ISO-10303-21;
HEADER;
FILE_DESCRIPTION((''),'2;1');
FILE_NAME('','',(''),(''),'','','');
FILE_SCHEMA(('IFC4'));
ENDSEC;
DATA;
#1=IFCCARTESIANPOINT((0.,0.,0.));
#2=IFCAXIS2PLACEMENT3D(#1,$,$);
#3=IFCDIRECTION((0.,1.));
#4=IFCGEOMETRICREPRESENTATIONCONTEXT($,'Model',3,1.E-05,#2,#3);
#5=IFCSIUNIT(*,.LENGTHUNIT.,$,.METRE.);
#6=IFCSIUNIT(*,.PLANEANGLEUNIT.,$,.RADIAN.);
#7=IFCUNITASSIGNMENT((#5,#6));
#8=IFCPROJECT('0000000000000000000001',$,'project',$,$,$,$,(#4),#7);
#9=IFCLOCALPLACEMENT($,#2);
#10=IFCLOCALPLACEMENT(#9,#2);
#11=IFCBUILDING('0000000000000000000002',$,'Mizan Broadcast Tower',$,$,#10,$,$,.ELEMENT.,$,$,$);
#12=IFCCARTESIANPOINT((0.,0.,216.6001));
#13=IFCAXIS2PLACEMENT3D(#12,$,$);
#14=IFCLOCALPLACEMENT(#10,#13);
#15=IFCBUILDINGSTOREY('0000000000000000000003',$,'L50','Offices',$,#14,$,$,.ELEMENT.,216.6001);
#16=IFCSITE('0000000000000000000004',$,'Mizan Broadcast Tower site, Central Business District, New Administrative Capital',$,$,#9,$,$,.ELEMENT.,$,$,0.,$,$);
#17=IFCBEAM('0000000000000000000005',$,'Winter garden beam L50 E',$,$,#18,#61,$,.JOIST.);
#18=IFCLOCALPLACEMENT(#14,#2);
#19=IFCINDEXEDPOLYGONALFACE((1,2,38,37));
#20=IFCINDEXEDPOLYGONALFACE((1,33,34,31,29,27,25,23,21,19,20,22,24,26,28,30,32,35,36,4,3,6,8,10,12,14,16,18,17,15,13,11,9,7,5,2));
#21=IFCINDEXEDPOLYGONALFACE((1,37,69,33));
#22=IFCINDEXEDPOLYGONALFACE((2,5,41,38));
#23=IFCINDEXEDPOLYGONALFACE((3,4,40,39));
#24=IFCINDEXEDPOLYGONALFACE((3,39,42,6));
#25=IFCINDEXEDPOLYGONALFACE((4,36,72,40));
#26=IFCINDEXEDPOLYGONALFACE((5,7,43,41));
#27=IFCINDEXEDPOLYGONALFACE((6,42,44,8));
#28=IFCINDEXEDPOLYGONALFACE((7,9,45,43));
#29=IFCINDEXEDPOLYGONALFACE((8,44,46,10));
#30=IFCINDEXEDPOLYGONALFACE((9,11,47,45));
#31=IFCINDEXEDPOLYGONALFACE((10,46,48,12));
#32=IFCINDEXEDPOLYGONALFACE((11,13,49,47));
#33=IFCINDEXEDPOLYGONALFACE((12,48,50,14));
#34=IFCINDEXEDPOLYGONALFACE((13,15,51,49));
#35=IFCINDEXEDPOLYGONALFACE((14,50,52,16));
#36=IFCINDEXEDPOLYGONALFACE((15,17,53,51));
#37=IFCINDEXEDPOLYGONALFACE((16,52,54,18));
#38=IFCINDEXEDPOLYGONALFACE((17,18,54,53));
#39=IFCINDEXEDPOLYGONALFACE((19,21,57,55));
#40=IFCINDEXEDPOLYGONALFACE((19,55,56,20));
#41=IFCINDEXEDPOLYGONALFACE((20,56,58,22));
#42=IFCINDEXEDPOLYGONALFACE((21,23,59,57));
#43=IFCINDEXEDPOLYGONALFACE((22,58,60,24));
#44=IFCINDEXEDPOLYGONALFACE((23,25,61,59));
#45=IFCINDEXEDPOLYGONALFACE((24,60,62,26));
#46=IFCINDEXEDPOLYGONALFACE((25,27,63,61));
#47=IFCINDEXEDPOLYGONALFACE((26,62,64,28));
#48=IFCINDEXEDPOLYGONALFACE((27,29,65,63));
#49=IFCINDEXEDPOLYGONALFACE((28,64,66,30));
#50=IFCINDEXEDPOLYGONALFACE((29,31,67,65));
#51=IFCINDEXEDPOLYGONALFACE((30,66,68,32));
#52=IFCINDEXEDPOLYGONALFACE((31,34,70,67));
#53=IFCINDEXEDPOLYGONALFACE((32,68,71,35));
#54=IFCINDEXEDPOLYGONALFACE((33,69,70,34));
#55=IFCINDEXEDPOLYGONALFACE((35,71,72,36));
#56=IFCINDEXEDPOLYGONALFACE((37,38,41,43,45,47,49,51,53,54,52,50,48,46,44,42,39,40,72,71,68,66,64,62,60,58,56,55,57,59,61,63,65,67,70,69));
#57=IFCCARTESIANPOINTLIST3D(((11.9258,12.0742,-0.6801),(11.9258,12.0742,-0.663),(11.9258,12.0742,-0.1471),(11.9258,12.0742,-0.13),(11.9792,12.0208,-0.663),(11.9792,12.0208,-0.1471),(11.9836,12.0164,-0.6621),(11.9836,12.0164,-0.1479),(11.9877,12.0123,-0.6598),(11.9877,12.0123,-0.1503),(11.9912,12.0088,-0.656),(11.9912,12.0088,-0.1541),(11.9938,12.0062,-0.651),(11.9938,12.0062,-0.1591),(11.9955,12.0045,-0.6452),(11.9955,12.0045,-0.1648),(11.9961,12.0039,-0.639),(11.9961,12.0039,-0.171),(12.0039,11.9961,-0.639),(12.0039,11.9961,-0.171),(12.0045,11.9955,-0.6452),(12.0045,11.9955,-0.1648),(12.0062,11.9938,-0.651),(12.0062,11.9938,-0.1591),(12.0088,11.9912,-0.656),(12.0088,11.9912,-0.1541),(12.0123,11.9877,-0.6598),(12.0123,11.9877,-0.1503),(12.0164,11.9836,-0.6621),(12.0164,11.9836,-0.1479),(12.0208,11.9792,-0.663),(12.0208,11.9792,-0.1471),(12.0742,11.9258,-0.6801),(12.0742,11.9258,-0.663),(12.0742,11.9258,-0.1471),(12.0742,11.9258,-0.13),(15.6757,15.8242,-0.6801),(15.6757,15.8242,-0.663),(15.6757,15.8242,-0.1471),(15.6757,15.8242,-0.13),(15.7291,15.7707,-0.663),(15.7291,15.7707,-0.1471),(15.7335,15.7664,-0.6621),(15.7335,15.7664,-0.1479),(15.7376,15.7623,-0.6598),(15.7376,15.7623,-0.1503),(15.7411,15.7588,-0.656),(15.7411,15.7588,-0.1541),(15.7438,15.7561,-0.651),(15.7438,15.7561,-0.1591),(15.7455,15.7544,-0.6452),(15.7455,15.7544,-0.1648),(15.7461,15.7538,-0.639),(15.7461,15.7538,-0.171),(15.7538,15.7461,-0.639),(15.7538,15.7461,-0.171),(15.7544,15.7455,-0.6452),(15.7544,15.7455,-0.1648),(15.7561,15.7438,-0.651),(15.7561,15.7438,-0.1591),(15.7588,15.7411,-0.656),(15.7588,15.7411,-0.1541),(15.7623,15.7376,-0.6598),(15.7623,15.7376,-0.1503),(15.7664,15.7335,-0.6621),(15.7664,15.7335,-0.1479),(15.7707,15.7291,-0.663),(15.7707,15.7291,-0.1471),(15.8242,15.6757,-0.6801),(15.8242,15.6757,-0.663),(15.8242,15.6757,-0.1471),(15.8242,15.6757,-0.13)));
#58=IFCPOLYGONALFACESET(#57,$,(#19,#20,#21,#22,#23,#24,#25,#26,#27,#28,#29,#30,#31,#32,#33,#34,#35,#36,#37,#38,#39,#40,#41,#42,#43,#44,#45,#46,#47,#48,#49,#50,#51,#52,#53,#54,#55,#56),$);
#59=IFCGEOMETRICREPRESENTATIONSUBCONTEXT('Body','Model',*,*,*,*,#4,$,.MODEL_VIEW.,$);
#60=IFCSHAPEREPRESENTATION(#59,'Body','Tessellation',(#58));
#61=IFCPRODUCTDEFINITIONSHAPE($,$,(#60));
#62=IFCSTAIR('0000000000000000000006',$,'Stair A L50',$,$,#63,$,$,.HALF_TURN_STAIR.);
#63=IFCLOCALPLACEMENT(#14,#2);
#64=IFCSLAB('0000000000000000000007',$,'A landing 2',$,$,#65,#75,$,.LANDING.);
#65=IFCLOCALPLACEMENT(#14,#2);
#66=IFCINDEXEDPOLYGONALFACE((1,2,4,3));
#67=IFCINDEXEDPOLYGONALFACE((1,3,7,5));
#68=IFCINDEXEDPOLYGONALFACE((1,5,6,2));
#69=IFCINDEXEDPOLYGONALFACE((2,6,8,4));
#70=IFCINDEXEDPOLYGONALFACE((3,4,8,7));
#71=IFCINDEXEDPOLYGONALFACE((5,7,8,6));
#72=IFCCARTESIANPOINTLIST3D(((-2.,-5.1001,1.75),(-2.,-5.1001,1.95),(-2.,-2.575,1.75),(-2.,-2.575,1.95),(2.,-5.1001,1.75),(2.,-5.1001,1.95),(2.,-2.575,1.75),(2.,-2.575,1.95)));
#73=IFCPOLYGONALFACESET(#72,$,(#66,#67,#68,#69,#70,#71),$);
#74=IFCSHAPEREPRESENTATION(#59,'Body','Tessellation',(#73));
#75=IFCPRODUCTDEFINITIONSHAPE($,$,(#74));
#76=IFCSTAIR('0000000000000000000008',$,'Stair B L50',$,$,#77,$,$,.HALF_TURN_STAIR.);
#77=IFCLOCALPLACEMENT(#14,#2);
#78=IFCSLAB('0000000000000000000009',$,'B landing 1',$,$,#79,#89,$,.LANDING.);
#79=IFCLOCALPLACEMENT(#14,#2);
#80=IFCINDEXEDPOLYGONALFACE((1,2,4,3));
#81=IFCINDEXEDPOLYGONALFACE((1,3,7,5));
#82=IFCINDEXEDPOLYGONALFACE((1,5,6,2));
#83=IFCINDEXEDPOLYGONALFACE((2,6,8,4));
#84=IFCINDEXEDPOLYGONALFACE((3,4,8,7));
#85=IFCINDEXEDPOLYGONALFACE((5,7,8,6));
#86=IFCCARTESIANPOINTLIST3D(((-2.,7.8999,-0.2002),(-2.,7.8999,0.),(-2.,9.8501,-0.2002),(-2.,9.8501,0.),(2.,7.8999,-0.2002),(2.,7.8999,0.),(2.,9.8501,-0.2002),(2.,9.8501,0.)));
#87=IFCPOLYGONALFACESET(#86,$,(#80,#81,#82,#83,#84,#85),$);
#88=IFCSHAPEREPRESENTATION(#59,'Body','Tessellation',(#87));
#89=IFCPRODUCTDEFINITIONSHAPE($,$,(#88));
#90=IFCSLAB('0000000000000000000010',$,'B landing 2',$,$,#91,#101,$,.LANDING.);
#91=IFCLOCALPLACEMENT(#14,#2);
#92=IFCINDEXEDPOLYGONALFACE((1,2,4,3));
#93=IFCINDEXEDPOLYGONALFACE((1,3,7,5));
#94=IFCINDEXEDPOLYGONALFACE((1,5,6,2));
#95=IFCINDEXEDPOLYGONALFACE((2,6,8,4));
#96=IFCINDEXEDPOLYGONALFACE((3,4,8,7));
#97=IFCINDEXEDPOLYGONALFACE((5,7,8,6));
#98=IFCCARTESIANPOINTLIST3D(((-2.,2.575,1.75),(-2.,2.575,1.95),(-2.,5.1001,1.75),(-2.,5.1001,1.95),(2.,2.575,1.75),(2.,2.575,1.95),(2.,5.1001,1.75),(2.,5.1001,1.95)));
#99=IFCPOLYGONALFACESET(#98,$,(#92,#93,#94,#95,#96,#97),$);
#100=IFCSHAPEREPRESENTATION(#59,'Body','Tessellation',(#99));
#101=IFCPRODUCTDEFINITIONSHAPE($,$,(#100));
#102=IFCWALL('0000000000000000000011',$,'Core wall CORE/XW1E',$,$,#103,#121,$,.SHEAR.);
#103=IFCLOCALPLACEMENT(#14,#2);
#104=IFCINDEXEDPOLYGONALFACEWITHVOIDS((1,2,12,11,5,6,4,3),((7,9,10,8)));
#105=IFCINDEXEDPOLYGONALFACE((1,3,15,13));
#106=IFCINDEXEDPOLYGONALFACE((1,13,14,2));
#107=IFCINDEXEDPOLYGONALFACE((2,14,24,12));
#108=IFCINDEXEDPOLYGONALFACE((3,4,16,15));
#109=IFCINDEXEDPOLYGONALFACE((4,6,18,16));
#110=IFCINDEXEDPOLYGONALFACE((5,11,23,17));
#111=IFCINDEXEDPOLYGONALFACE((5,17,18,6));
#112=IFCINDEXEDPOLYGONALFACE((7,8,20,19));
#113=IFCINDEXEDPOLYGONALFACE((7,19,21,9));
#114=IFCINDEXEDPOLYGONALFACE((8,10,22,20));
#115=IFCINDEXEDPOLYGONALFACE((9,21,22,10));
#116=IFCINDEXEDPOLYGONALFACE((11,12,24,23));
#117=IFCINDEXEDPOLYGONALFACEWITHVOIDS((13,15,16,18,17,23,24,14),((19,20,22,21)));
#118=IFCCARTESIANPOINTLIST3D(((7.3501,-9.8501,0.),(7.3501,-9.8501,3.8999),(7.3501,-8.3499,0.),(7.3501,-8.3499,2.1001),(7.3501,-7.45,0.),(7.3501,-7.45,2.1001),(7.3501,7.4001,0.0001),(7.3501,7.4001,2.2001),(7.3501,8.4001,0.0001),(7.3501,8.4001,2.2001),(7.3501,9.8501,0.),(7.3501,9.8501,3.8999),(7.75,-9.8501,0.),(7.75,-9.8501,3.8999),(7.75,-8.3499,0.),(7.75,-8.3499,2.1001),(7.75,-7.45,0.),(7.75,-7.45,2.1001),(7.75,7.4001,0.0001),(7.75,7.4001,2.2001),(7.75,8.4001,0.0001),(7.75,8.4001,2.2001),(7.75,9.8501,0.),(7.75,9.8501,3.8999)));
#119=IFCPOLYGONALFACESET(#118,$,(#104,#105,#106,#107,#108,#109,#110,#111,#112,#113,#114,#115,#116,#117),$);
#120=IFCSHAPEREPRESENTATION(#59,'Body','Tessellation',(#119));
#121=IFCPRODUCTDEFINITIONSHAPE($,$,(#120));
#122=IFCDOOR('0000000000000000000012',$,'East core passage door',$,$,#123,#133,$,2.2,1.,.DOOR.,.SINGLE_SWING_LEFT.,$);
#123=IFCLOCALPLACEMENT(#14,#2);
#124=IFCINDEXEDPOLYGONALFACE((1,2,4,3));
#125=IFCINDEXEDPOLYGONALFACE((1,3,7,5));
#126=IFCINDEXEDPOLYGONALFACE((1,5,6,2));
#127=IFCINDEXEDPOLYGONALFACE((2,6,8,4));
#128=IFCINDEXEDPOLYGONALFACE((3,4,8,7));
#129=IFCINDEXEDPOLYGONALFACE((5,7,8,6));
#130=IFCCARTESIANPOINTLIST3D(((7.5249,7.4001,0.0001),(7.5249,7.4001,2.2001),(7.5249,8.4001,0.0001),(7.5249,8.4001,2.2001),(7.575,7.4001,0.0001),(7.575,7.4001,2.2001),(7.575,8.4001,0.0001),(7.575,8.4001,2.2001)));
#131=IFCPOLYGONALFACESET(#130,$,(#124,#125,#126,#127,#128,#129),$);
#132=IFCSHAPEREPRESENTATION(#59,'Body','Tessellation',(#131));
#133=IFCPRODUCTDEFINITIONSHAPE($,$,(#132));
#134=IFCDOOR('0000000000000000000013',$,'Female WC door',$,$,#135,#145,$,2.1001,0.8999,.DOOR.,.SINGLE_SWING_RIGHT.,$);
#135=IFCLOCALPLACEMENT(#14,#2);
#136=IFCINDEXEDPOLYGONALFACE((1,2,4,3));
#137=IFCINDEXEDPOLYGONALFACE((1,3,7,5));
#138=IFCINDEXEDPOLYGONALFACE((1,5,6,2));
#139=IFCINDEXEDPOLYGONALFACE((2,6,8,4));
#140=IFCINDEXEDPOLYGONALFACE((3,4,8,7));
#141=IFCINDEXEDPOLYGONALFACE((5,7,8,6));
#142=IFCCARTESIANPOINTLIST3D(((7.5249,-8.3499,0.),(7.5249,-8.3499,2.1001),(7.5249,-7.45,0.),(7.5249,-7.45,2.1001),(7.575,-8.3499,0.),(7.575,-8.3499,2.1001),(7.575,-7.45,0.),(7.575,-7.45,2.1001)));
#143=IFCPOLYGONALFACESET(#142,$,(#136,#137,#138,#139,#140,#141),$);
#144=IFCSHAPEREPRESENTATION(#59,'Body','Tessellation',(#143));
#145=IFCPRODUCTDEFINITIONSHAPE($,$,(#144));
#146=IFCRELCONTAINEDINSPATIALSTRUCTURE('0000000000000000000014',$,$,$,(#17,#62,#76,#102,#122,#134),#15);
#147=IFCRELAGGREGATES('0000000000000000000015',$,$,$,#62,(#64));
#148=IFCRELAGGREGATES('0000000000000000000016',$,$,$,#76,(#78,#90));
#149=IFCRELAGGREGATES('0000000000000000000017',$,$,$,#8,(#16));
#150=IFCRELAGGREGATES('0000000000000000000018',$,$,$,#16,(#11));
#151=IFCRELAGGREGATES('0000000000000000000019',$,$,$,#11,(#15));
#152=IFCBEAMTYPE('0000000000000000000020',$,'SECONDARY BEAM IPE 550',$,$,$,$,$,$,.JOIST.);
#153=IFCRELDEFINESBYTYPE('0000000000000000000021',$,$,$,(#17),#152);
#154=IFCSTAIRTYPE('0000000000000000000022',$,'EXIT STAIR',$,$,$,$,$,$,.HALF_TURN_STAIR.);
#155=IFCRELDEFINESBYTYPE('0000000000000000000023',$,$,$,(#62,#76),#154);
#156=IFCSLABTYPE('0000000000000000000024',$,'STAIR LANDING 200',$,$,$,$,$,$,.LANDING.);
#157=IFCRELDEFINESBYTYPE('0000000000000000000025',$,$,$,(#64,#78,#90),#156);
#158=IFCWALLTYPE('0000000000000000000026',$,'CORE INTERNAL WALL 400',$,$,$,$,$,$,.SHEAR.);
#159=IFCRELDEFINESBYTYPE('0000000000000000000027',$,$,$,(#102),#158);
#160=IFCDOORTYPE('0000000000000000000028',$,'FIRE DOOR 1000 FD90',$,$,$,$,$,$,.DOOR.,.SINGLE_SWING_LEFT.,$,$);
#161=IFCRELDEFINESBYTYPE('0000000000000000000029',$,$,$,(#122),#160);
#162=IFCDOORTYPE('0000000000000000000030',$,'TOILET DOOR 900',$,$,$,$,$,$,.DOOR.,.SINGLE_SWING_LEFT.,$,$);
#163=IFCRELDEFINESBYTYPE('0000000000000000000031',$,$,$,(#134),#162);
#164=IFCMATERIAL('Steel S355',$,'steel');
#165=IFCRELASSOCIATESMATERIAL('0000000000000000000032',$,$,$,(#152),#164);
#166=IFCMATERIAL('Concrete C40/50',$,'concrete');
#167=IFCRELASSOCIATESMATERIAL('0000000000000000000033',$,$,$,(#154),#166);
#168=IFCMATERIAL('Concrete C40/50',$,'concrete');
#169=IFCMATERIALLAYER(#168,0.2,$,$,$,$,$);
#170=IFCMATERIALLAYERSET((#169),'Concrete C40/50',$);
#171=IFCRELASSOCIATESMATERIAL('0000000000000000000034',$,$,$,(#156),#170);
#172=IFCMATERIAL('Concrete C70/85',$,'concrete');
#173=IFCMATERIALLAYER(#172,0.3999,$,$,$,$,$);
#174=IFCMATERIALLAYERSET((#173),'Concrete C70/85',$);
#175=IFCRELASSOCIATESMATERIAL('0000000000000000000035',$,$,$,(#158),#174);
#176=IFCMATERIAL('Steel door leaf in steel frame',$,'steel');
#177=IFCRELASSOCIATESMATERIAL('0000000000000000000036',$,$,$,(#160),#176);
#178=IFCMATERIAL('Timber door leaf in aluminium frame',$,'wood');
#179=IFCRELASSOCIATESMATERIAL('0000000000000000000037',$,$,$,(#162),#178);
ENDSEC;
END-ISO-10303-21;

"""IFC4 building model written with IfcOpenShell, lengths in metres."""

from ifc_helpers import new_model, si_unit, direction, frame, frame_2d, origin, origin_2d, place, context, subcontext, project, spatial, polyline, rectangle, i_section, outline, extrude, material, layer, layer_set, material_profile, profile_set, type_object, element, fill, aggregate, save


model = new_model("IFC4")

# Units and contexts
model_context = context("Model", 3, precision=1e-05, world=origin(), true_north=direction((0.0, 1.0)))
body_context = subcontext(model_context, "Body", "Model", "MODEL_VIEW")
ifc_project = project(units=[si_unit("LENGTHUNIT", "METRE"), si_unit("PLANEANGLEUNIT", "RADIAN")], contexts=[model_context])

# Site, building, storey
site_placement = place(None, origin())
site = spatial("IfcSite", under=ifc_project, at=site_placement, Name="Mizan Broadcast Tower site, Central Business District, New Administrative Capital", CompositionType="ELEMENT", RefElevation=0.0)
building_placement = place(site_placement, origin())
building = spatial("IfcBuilding", under=site, at=building_placement, Name="Mizan Broadcast Tower", CompositionType="ELEMENT")
storey_placement = place(building_placement, frame((0.0, 0.0, 216.6001)))
storey = spatial("IfcBuildingStorey", under=building, at=storey_placement, Name="L50", Description="Offices", CompositionType="ELEMENT", Elevation=216.6001)

# Beam
ifc_material_1 = material(Name="Steel S355", Category="steel")
ifc_material_profile_1 = material_profile(ifc_material_1, i_section(OverallWidth=0.21, OverallDepth=0.55, WebThickness=0.011, FlangeThickness=0.0171, FilletRadius=0.0239, at=origin_2d()), Name="IPE 550")
ifc_profile_set_1 = profile_set([ifc_material_profile_1], Name="Steel S355")
beam_type_1 = type_object("IfcBeamType", Name="SECONDARY BEAM IPE 550", PredefinedType="JOIST", material=ifc_profile_set_1)
beam_1_placement = place(storey_placement, frame((12.0, 12.0, -0.405), z_axis=(0.707107, 0.707107, 0.0), x_axis=(-0.707107, 0.707107, 0.0)))
element("IfcBeam", 1, at=beam_1_placement, inside=storey, type_object=beam_type_1, Name="Winter garden beam L50 E", PredefinedType="JOIST", context=body_context, shape_type="SweptSolid", body=[
    extrude(i_section(OverallWidth=0.21, OverallDepth=0.55, WebThickness=0.011, FlangeThickness=0.0171, FilletRadius=0.0239, at=origin_2d()), origin(), (0.0, 0.0, 1.0), 5.3032),
])

# Stair, slab
ifc_material_2 = material(Name="Concrete C40/50", Category="concrete")
stair_type = type_object("IfcStairType", Name="EXIT STAIR", PredefinedType="HALF_TURN_STAIR", material=ifc_material_2)
stair_1_placement = place(storey_placement, origin())
stair_1 = element("IfcStair", 2, at=stair_1_placement, inside=storey, type_object=stair_type, Name="Stair A L50", PredefinedType="HALF_TURN_STAIR")
ifc_material_3 = material(Name="Concrete C40/50", Category="concrete")
ifc_layer_1 = layer(ifc_material_3, 0.2)
ifc_layer_set_1 = layer_set([ifc_layer_1], Name="Concrete C40/50")
slab_type = type_object("IfcSlabType", Name="STAIR LANDING 200", PredefinedType="LANDING", material=ifc_layer_set_1)
slab_1_placement = place(storey_placement, frame((0.0, 0.0, 1.75)))
slab_1 = element("IfcSlab", 3, at=slab_1_placement, type_object=slab_type, Name="A landing 2", PredefinedType="LANDING", context=body_context, shape_type="SweptSolid", body=[
    extrude(outline(polyline([(-2.0, -5.1001), (-2.0, -2.575), (2.0, -2.575), (2.0, -5.1001), (-2.0, -5.1001)])), origin(), (0.0, 0.0, 1.0), 0.2),
])
aggregate(stair_1, [slab_1])

# Stair, slabs
stair_2_placement = place(storey_placement, origin())
stair_2 = element("IfcStair", 4, at=stair_2_placement, inside=storey, type_object=stair_type, Name="Stair B L50", PredefinedType="HALF_TURN_STAIR")
slab_2_placement = place(storey_placement, frame((0.0, 0.0, -0.2002)))
slab_2 = element("IfcSlab", 5, at=slab_2_placement, type_object=slab_type, Name="B landing 1", PredefinedType="LANDING", context=body_context, shape_type="SweptSolid", body=[
    extrude(outline(polyline([(2.0, 9.8501), (2.0, 7.8999), (-2.0, 7.8999), (-2.0, 9.8501), (2.0, 9.8501)])), origin(), (0.0, 0.0, 1.0), 0.2002),
])
slab_3_placement = place(storey_placement, frame((0.0, 0.0, 1.75)))
slab_3 = element("IfcSlab", 6, at=slab_3_placement, type_object=slab_type, Name="B landing 2", PredefinedType="LANDING", context=body_context, shape_type="SweptSolid", body=[
    extrude(outline(polyline([(2.0, 5.1001), (2.0, 2.575), (-2.0, 2.575), (-2.0, 5.1001), (2.0, 5.1001)])), origin(), (0.0, 0.0, 1.0), 0.2),
])

# Wall, openings, doors
ifc_material_4 = material(Name="Concrete C70/85", Category="concrete")
ifc_layer_2 = layer(ifc_material_4, 0.3999)
ifc_layer_set_2 = layer_set([ifc_layer_2], Name="Concrete C70/85")
wall_type_1 = type_object("IfcWallType", Name="CORE INTERNAL WALL 400", PredefinedType="SHEAR", material=ifc_layer_set_2)
wall_1_placement = place(storey_placement, frame((7.55, 9.8501, 0.0), z_axis=(0.0, 0.0, 1.0), x_axis=(0.0, -1.0, 0.0)))
wall_1 = element("IfcWall", 7, at=wall_1_placement, inside=storey, type_object=wall_type_1, Name="Core wall CORE/XW1E", PredefinedType="SHEAR", context=body_context, shape_type="SweptSolid", body=[
    extrude(rectangle(XDim=19.7002, YDim=0.3999, at=frame_2d((9.8501, 0.0))), origin(), (0.0, 0.0, 1.0), 3.8999),
])
opening_1_placement = place(wall_1_placement, frame((1.45, 0.0, 0.0)))
opening_1 = element("IfcOpeningElement", 8, at=opening_1_placement, cuts=wall_1, PredefinedType="OPENING", context=body_context, shape_type="SweptSolid", body=[
    extrude(rectangle(XDim=1.0, YDim=2.2, at=frame_2d((0.5, 1.1001))), frame((0.0, 0.21, 0.0), z_axis=(0.0, -1.0, 0.0), x_axis=(1.0, 0.0, 0.0)), (0.0, 0.0, 1.0), 0.4199),
])
opening_2_placement = place(wall_1_placement, frame((17.3, 0.0, 0.0)))
opening_2 = element("IfcOpeningElement", 9, at=opening_2_placement, cuts=wall_1, PredefinedType="OPENING", context=body_context, shape_type="SweptSolid", body=[
    extrude(rectangle(XDim=0.8999, YDim=2.1001, at=frame_2d((0.45, 1.05))), frame((0.0, 0.21, 0.0), z_axis=(0.0, -1.0, 0.0), x_axis=(1.0, 0.0, 0.0)), (0.0, 0.0, 1.0), 0.4199),
])
ifc_material_5 = material(Name="Steel door leaf in steel frame", Category="steel")
door_type_1 = type_object("IfcDoorType", Name="FIRE DOOR 1000 FD90", OperationType="SINGLE_SWING_LEFT", PredefinedType="DOOR", material=ifc_material_5)
door_1_placement = place(opening_1_placement, origin())
door_1 = element("IfcDoor", 10, at=door_1_placement, inside=storey, type_object=door_type_1, Name="East core passage door", OperationType="SINGLE_SWING_LEFT", OverallHeight=2.2, OverallWidth=1.0, PredefinedType="DOOR", context=body_context, shape_type="SweptSolid", body=[
    extrude(rectangle(XDim=1.0, YDim=2.2, at=frame_2d((0.5, 1.1001))), frame((0.0, 0.0249, 0.0), z_axis=(0.0, -1.0, 0.0), x_axis=(1.0, 0.0, 0.0)), (0.0, 0.0, 1.0), 0.05),
])
fill(opening_1, door_1)
ifc_material_6 = material(Name="Timber door leaf in aluminium frame", Category="wood")
door_type_2 = type_object("IfcDoorType", Name="TOILET DOOR 900", OperationType="SINGLE_SWING_LEFT", PredefinedType="DOOR", material=ifc_material_6)
door_2_placement = place(opening_2_placement, origin())
door_2 = element("IfcDoor", 11, at=door_2_placement, inside=storey, type_object=door_type_2, Name="Female WC door", OperationType="SINGLE_SWING_RIGHT", OverallHeight=2.1001, OverallWidth=0.8999, PredefinedType="DOOR", context=body_context, shape_type="SweptSolid", body=[
    extrude(rectangle(XDim=0.8999, YDim=2.1001, at=frame_2d((0.45, 1.05))), frame((0.0, 0.0249, 0.0), z_axis=(0.0, -1.0, 0.0), x_axis=(1.0, 0.0, 0.0)), (0.0, 0.0, 1.0), 0.05),
])
fill(opening_2, door_2)

aggregate(stair_2, [slab_2, slab_3])

save(model, "model.ifc")
